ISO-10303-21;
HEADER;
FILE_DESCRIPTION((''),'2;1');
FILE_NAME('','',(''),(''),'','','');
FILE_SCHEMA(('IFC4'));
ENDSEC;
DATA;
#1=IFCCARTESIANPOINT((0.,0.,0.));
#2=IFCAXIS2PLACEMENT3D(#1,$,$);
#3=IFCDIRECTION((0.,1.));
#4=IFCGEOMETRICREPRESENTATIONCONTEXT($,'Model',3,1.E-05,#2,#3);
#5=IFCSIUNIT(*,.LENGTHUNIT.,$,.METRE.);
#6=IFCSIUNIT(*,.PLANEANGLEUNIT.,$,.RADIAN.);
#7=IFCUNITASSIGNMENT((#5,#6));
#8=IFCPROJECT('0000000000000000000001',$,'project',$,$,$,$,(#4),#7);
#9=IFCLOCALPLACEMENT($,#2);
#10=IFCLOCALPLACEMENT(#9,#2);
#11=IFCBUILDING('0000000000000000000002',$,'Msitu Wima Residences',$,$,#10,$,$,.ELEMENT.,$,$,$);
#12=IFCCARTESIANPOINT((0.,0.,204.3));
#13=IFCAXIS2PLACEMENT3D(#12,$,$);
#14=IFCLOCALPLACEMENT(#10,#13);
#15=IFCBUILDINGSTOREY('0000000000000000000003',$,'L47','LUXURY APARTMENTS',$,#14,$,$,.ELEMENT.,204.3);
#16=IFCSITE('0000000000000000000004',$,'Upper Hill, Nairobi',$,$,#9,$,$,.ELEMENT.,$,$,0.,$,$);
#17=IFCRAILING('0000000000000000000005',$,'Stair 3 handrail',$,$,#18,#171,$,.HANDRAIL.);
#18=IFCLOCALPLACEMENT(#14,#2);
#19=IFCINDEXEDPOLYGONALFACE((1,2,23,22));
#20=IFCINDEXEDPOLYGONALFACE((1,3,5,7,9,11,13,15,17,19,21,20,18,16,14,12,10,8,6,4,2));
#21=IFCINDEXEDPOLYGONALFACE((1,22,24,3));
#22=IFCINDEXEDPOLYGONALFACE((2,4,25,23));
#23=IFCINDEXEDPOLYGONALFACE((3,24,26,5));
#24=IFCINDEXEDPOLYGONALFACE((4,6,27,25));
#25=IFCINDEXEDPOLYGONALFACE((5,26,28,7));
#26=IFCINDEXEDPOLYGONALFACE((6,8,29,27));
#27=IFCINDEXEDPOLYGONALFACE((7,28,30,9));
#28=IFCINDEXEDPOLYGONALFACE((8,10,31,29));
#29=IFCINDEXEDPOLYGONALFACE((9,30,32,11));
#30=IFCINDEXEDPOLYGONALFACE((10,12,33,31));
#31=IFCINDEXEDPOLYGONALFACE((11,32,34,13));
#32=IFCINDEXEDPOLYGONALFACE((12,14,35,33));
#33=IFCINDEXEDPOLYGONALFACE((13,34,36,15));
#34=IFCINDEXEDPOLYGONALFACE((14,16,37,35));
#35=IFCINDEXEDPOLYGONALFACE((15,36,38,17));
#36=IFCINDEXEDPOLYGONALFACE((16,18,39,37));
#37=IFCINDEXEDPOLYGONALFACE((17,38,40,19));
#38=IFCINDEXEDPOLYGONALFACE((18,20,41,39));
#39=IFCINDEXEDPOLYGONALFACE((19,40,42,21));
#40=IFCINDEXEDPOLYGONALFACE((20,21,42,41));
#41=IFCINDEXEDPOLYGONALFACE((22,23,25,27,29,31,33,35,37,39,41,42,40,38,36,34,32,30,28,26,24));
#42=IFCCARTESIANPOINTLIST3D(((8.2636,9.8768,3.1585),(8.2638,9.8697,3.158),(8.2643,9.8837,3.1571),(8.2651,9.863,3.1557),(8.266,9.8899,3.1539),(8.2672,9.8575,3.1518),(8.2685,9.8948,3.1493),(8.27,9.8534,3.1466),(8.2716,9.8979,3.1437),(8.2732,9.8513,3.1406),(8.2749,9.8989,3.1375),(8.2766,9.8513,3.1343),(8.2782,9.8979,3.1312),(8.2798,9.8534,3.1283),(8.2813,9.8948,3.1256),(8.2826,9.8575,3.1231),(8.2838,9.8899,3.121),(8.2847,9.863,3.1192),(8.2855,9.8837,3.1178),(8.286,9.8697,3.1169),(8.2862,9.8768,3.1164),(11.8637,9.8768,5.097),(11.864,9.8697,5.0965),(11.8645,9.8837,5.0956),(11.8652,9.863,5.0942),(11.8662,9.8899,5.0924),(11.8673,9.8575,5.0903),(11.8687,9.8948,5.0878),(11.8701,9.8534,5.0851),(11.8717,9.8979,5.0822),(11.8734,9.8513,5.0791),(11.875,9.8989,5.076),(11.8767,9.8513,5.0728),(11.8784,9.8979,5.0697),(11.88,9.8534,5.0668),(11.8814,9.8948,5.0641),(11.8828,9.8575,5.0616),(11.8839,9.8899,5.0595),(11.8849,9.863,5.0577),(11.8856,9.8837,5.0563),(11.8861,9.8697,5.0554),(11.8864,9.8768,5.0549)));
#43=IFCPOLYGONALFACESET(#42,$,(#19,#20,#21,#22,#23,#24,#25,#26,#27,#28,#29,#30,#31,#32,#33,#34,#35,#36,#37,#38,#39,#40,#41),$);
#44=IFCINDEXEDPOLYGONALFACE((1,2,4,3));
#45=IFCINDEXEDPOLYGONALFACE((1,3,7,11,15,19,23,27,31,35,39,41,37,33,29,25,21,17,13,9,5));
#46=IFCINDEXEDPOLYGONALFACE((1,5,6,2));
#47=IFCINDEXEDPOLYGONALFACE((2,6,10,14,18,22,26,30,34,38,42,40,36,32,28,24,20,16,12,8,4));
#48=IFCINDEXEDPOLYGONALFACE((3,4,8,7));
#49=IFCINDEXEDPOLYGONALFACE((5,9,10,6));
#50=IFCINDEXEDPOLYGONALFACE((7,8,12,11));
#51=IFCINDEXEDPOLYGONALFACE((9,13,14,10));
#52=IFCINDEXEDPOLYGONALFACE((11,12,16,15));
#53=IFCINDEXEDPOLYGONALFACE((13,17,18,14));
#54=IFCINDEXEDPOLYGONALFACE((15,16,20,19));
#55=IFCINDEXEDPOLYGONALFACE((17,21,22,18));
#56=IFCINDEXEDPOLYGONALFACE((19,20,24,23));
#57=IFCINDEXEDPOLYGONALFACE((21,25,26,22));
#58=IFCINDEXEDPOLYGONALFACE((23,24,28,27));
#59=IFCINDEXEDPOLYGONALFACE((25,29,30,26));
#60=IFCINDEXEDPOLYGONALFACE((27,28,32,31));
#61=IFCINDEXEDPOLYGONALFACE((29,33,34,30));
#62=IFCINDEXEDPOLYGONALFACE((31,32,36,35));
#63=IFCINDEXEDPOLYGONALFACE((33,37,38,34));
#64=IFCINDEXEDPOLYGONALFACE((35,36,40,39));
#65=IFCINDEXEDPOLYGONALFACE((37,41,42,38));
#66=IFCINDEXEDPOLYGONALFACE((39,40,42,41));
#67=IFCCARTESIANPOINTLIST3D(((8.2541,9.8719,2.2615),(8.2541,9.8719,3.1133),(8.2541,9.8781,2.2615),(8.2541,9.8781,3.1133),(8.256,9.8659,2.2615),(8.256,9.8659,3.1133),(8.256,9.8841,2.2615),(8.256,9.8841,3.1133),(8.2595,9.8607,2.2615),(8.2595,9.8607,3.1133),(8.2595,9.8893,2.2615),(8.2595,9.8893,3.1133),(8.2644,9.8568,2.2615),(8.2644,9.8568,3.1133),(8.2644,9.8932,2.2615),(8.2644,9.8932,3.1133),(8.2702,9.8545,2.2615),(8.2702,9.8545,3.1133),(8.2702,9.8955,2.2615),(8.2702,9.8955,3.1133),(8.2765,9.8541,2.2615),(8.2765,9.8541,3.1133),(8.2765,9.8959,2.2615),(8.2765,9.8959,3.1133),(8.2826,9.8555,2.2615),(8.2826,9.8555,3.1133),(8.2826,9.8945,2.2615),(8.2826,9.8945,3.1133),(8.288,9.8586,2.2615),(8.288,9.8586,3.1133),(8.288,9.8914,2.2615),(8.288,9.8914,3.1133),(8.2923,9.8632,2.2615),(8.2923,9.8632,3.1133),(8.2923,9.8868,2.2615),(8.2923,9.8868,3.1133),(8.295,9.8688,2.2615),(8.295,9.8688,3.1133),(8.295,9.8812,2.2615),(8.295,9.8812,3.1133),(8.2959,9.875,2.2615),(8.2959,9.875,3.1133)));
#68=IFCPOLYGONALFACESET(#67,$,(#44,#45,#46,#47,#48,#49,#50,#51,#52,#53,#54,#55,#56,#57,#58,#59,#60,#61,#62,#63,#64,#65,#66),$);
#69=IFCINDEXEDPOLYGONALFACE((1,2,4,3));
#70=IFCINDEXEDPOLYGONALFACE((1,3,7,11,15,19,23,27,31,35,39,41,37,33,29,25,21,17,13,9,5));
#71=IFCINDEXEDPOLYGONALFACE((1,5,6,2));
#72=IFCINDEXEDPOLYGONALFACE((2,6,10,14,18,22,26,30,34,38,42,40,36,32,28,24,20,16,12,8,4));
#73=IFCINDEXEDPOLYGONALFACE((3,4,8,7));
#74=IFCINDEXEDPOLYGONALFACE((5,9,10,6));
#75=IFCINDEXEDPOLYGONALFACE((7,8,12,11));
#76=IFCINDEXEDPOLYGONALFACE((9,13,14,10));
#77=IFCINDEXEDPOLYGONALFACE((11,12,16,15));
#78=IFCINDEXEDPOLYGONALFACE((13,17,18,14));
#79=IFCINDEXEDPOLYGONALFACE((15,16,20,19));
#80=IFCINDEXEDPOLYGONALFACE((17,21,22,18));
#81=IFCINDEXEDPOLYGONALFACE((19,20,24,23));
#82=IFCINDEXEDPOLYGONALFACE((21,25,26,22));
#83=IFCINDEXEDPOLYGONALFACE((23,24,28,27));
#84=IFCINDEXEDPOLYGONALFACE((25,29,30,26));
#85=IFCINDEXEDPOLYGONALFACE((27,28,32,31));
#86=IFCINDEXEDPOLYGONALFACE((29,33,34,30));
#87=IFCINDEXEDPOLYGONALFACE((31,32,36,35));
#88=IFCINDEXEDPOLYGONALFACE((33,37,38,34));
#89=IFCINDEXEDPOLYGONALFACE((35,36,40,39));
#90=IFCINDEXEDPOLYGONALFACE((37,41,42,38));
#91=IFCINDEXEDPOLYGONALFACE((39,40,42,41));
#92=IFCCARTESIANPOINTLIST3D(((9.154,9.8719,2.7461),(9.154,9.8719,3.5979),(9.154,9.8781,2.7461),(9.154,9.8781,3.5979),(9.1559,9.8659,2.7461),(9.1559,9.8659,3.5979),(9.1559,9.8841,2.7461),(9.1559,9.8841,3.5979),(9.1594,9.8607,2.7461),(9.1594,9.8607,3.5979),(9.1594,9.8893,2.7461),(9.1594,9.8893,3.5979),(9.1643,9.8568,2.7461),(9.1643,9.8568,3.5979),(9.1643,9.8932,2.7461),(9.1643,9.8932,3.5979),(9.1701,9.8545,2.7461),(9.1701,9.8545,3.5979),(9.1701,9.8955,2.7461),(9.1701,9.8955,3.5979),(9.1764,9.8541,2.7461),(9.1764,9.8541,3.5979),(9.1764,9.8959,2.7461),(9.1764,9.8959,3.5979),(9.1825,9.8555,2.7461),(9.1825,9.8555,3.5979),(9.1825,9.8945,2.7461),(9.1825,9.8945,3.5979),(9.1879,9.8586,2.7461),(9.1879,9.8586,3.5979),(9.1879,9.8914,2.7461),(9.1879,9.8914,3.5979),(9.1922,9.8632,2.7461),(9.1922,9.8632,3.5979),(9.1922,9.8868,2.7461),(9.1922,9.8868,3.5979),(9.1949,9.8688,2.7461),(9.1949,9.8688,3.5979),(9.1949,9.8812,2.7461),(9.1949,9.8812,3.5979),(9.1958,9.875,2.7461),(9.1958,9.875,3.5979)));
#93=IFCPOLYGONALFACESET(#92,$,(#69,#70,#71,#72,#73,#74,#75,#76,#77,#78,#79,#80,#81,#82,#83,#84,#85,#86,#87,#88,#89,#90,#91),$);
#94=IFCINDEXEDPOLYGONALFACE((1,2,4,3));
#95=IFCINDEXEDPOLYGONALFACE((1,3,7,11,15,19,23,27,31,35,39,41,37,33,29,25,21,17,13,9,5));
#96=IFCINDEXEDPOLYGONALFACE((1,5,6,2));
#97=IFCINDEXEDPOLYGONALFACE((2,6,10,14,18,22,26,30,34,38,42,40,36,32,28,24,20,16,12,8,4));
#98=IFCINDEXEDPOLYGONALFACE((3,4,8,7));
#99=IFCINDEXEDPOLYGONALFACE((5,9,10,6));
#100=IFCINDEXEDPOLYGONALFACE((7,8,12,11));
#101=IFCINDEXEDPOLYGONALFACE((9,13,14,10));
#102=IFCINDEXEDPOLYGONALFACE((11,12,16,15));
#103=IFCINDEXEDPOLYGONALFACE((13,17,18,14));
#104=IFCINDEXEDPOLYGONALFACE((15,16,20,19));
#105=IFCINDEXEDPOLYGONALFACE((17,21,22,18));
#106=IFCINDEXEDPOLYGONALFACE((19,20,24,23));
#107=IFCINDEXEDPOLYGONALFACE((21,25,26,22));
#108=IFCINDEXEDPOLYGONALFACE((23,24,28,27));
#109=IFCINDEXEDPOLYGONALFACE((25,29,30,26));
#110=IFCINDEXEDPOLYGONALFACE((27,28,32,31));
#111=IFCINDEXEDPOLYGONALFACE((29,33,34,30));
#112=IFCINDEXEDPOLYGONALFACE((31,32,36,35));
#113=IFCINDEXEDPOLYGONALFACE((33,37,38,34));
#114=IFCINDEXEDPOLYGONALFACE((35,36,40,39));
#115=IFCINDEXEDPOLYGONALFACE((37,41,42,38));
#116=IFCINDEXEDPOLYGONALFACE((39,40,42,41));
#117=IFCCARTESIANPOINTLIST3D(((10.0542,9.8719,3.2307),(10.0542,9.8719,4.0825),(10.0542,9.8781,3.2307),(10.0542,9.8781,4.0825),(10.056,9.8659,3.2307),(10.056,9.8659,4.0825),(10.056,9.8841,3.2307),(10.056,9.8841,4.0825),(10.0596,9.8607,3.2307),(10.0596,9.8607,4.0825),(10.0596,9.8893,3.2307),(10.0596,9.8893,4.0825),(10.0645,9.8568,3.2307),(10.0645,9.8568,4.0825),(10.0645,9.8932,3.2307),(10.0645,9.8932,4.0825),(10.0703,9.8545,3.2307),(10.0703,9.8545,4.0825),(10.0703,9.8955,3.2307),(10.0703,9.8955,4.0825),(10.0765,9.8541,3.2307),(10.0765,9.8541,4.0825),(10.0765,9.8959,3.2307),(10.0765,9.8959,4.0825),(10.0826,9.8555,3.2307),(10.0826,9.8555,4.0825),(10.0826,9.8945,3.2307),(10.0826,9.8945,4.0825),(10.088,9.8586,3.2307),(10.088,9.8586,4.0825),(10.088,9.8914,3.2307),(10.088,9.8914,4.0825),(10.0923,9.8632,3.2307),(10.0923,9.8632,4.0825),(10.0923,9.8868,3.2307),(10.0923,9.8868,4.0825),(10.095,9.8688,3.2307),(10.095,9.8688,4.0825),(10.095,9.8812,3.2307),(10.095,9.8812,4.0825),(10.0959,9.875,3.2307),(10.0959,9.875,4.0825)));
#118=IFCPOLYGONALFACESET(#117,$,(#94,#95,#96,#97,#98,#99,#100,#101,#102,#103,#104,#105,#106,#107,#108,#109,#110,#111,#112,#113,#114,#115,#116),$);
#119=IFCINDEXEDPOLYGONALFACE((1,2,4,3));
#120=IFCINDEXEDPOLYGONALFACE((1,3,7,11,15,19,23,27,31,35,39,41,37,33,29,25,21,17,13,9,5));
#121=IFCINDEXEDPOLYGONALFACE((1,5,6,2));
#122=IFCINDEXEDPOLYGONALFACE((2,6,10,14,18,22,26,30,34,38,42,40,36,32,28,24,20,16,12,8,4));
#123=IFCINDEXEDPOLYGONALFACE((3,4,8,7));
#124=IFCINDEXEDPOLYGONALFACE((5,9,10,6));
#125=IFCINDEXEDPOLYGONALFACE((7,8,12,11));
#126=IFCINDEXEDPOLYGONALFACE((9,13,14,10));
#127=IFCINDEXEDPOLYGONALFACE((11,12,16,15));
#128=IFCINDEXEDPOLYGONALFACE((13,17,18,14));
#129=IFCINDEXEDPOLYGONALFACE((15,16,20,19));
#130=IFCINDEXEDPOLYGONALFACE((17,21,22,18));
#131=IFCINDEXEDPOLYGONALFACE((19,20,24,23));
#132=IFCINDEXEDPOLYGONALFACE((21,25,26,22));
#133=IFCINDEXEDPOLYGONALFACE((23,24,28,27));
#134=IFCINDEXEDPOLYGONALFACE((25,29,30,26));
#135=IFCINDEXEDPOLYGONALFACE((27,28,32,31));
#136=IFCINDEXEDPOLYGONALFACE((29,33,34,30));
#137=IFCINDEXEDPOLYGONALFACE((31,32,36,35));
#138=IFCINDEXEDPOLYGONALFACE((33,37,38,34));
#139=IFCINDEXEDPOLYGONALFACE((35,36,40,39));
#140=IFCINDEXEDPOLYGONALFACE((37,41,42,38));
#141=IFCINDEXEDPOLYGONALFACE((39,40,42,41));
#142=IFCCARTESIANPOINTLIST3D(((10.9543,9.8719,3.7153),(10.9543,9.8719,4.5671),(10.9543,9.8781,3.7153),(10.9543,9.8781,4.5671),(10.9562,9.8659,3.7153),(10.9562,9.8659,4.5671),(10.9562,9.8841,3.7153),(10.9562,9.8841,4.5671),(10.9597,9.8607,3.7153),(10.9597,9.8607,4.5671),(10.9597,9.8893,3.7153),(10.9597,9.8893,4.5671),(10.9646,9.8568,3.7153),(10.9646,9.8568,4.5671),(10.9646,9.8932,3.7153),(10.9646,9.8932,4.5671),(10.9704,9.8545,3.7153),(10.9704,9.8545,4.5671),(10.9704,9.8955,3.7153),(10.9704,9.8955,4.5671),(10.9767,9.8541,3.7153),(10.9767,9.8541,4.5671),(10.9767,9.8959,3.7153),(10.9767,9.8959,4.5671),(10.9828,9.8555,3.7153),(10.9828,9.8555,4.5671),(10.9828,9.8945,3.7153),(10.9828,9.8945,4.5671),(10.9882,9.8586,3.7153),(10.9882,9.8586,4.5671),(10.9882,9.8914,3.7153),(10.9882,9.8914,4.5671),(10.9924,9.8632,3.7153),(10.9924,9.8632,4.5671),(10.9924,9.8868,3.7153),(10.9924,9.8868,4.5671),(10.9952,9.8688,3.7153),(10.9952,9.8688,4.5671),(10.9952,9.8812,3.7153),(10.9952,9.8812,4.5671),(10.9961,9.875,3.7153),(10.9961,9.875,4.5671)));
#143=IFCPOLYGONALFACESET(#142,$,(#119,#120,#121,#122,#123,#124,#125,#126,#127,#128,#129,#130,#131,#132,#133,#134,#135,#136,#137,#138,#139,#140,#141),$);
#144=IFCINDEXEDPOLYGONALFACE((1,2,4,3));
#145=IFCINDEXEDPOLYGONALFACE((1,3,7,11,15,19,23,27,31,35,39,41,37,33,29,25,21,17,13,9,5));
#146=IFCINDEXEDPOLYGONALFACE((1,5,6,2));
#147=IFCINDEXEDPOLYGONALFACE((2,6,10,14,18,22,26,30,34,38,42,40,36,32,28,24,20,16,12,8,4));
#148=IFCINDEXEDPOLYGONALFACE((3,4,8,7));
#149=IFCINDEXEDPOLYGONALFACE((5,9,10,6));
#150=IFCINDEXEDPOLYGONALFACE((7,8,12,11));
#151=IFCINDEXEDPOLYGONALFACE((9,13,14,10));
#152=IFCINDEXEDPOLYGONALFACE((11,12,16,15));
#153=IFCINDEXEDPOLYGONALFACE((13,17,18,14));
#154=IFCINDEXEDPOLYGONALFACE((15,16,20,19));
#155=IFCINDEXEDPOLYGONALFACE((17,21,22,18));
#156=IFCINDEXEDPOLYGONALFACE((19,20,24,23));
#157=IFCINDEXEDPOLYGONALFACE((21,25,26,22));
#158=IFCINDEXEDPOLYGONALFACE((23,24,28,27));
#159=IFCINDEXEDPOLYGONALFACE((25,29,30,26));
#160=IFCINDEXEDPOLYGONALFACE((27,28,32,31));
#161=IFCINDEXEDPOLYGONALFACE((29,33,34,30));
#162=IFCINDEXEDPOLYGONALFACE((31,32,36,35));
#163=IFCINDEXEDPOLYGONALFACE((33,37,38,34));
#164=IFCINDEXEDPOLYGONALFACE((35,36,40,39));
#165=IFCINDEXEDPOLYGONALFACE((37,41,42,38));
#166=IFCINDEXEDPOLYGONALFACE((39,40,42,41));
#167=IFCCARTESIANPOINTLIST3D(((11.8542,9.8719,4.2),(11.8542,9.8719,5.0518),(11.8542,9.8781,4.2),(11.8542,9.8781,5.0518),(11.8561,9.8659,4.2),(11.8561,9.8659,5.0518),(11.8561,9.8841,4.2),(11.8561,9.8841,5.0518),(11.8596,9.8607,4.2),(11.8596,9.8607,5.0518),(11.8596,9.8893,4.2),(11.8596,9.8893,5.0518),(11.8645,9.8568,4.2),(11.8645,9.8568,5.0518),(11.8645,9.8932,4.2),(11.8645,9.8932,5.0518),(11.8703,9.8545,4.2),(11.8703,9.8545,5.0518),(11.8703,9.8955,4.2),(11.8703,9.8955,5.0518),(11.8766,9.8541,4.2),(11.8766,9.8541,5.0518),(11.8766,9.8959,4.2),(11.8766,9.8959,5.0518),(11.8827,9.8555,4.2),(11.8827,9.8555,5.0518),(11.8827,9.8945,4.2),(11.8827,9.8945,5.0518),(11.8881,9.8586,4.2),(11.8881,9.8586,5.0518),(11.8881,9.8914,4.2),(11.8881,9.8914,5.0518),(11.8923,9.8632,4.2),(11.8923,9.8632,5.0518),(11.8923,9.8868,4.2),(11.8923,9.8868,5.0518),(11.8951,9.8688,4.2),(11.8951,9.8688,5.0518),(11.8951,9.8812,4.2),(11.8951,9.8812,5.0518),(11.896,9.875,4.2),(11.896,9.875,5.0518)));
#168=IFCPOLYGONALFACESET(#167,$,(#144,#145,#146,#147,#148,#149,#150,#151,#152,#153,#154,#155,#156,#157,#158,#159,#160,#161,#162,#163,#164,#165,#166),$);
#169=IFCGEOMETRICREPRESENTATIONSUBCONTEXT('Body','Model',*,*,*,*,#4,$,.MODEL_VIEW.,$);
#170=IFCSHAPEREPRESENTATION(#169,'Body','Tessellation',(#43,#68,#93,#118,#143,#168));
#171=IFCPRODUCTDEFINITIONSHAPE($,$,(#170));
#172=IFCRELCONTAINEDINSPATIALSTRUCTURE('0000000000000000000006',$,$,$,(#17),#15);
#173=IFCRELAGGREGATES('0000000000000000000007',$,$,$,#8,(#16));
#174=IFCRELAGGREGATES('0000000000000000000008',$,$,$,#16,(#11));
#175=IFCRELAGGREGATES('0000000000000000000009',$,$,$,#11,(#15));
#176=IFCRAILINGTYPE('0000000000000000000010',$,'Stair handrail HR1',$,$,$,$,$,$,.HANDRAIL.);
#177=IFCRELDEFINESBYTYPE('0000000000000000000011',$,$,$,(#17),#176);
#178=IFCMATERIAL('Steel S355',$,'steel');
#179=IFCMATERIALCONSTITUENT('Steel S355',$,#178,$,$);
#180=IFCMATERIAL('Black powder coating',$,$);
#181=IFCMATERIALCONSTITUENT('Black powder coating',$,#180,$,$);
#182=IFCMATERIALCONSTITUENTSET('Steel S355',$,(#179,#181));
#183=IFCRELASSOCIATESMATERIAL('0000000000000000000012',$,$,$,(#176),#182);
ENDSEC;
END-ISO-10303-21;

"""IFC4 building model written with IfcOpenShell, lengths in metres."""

from ifc_helpers import new_model, si_unit, direction, frame, origin, origin_2d, place, context, subcontext, project, spatial, circle, extrude, material, constituent, constituent_set, type_object, element, save


model = new_model("IFC4")

# Units and contexts
model_context = context("Model", 3, precision=1e-05, world=origin(), true_north=direction((0.0, 1.0)))
body_context = subcontext(model_context, "Body", "Model", "MODEL_VIEW")
ifc_project = project(units=[si_unit("LENGTHUNIT", "METRE"), si_unit("PLANEANGLEUNIT", "RADIAN")], contexts=[model_context])

# Site, building, storey
site_placement = place(None, origin())
site = spatial("IfcSite", under=ifc_project, at=site_placement, Name="Upper Hill, Nairobi", CompositionType="ELEMENT", RefElevation=0.0)
building_placement = place(site_placement, origin())
building = spatial("IfcBuilding", under=site, at=building_placement, Name="Msitu Wima Residences", CompositionType="ELEMENT")
storey_placement = place(building_placement, frame((0.0, 0.0, 204.3)))
storey = spatial("IfcBuildingStorey", under=building, at=storey_placement, Name="L47", Description="LUXURY APARTMENTS", CompositionType="ELEMENT", Elevation=204.3)

# Railing
ifc_material_1 = material(Name="Steel S355", Category="steel")
ifc_constituent_1 = constituent(ifc_material_1, Name="Steel S355")
ifc_material_2 = material(Name="Black powder coating")
ifc_constituent_2 = constituent(ifc_material_2, Name="Black powder coating")
ifc_constituent_set = constituent_set(constituents=[ifc_constituent_1, ifc_constituent_2], Name="Steel S355")
railing_type = type_object("IfcRailingType", Name="Stair handrail HR1", PredefinedType="HANDRAIL", material=ifc_constituent_set)
for number, where, name in (
    (1, (8.2749, 9.875, 2.2615), "Stair 3 handrail"),
):
    element("IfcRailing", number, at=place(storey_placement, frame(where)), inside=storey, type_object=railing_type, Name=name, PredefinedType="HANDRAIL", context=body_context, shape_type="SweptSolid", body=[
        extrude(circle(Radius=0.0239, at=origin_2d()), frame((0.0, 0.0, 0.876), z_axis=(0.880475, 0.0, 0.474093), x_axis=(0.0, 1.0, 0.0)), (0.0, 0.0, 1.0), 4.0889),
        extrude(circle(Radius=0.021, at=origin_2d()), origin(), (0.0, 0.0, 1.0), 0.8518),
        extrude(circle(Radius=0.021, at=origin_2d()), frame((0.8999, 0.0, 0.4846)), (0.0, 0.0, 1.0), 0.8518),
        extrude(circle(Radius=0.021, at=origin_2d()), frame((1.8, 0.0, 0.9692)), (0.0, 0.0, 1.0), 0.8518),
        extrude(circle(Radius=0.021, at=origin_2d()), frame((2.7002, 0.0, 1.4539)), (0.0, 0.0, 1.0), 0.8518),
        extrude(circle(Radius=0.021, at=origin_2d()), frame((3.6001, 0.0, 1.9385)), (0.0, 0.0, 1.0), 0.8518),
    ])

save(model, "model.ifc")
